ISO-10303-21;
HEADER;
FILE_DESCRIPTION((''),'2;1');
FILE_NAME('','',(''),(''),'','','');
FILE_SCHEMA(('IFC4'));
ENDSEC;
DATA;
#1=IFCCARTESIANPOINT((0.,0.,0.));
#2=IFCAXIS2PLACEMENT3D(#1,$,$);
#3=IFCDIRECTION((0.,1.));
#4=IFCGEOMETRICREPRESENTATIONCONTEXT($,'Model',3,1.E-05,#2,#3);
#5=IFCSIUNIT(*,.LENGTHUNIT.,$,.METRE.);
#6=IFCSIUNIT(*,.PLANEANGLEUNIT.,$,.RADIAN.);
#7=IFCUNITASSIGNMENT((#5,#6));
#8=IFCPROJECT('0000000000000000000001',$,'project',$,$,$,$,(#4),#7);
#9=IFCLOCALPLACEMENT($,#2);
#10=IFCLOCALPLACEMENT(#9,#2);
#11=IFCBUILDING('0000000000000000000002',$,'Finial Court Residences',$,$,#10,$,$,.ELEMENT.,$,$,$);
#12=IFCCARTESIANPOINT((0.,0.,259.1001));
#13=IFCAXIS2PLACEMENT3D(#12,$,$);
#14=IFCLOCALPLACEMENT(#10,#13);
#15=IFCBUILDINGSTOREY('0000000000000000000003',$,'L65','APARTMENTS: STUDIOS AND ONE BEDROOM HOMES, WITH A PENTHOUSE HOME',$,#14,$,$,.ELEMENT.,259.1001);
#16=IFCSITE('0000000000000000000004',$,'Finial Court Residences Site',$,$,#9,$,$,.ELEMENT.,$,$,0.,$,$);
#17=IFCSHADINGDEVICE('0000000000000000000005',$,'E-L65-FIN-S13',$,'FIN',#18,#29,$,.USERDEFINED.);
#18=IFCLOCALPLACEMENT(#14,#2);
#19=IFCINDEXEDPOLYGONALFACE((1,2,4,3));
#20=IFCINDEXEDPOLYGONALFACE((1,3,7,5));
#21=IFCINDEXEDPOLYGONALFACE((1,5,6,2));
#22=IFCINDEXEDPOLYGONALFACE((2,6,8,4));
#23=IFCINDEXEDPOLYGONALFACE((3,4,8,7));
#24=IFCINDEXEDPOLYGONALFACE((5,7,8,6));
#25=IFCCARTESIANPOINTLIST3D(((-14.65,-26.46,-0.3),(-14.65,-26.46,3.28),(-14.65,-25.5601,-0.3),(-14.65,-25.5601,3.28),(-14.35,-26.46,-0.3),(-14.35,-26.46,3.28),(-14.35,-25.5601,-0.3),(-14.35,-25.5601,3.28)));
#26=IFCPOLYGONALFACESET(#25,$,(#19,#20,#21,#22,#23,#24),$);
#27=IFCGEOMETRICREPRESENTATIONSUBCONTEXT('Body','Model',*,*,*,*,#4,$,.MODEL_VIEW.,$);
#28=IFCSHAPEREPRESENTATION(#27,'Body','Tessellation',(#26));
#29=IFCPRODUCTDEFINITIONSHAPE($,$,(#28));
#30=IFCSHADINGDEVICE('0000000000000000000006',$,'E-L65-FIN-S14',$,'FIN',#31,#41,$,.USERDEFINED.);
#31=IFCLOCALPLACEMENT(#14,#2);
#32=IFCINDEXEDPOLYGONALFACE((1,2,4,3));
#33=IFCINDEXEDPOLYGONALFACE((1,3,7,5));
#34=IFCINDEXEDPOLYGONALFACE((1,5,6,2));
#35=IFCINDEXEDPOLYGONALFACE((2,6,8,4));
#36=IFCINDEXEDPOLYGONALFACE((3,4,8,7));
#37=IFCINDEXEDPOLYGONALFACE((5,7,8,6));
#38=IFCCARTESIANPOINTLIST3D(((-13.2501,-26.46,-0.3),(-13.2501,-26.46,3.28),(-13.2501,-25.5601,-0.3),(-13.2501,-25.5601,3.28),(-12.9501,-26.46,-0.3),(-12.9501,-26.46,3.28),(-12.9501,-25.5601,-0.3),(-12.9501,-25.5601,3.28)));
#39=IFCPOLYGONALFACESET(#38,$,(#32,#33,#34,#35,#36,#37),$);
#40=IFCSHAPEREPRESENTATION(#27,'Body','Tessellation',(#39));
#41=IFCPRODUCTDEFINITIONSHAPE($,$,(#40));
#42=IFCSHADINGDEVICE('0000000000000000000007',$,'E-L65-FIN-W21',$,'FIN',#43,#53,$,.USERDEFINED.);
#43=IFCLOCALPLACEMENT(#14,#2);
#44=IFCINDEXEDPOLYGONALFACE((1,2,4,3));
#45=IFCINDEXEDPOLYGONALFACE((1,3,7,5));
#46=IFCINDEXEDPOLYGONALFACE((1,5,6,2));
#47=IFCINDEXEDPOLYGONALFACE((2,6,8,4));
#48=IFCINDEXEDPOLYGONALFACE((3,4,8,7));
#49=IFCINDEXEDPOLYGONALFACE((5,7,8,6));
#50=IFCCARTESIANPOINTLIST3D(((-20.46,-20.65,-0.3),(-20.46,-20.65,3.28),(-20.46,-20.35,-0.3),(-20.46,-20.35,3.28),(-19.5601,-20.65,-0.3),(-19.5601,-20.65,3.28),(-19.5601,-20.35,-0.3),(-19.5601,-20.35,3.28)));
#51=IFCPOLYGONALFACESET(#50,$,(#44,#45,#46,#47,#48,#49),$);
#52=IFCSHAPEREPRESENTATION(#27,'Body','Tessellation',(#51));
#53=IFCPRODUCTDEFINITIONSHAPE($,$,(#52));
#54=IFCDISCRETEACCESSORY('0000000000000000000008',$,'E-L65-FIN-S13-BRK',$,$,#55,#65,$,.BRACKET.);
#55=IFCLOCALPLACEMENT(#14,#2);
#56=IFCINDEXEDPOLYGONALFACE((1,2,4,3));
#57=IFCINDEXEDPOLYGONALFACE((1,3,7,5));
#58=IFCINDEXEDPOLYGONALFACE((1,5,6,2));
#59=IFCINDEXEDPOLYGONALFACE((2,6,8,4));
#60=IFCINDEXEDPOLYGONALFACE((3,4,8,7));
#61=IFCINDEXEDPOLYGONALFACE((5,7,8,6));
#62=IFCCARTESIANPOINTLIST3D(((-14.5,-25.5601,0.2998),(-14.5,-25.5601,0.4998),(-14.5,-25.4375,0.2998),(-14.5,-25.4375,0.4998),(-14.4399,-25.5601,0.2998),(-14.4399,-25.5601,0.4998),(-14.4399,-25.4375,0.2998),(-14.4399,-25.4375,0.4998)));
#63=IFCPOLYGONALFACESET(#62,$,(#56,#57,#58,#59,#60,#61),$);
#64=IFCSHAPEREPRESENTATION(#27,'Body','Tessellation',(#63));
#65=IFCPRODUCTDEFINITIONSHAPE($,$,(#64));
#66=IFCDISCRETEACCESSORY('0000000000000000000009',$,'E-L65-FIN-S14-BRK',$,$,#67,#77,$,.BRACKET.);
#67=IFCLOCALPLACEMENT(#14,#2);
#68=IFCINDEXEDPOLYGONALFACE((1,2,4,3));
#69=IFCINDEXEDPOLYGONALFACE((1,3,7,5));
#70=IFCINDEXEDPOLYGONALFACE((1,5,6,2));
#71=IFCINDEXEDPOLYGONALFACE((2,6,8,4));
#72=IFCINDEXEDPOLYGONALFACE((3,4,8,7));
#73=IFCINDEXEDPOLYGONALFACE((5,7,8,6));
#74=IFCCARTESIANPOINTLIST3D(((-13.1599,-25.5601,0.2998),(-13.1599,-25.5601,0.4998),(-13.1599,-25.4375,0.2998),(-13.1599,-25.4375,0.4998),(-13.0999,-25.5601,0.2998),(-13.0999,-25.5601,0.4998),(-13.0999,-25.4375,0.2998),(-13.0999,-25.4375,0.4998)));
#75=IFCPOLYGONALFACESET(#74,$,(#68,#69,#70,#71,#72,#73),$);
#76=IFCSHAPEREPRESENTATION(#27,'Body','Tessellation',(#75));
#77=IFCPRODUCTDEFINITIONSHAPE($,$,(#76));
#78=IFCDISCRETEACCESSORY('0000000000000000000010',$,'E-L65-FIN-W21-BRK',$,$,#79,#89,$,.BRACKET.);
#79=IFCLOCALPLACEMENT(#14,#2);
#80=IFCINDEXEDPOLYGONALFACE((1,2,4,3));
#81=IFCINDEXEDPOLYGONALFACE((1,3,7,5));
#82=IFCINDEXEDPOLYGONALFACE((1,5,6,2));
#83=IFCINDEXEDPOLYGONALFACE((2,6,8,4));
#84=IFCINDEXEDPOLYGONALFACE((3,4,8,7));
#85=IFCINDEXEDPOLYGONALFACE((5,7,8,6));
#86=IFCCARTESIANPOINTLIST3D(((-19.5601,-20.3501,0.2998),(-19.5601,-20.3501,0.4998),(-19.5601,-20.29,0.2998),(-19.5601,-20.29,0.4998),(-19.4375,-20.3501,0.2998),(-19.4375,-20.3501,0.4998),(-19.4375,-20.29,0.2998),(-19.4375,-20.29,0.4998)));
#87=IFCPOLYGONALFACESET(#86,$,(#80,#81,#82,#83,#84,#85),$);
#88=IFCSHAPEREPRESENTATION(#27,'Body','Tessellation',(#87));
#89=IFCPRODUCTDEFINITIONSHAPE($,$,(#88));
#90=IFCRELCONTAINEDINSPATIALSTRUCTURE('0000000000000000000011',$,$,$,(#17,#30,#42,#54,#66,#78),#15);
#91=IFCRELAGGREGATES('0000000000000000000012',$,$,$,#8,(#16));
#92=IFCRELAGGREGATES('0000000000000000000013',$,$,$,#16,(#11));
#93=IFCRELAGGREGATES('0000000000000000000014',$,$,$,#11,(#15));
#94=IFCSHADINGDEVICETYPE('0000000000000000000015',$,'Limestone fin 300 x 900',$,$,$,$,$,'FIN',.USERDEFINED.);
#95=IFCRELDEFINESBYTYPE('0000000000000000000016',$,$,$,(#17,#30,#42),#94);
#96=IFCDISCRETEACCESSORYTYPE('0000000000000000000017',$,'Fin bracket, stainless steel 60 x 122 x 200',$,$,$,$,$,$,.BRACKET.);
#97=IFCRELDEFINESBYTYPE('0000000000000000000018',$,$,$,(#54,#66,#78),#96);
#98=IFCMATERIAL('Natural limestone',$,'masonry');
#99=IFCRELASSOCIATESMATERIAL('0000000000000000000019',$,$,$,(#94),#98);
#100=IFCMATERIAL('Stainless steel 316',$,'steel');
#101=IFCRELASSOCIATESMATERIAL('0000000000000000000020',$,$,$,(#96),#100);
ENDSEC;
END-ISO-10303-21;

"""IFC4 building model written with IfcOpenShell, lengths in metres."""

from ifc_helpers import new_model, si_unit, direction, frame, origin, origin_2d, place, context, subcontext, project, spatial, rectangle, extrude, material, type_object, element, save


model = new_model("IFC4")

# Units and contexts
model_context = context("Model", 3, precision=1e-05, world=origin(), true_north=direction((0.0, 1.0)))
body_context = subcontext(model_context, "Body", "Model", "MODEL_VIEW")
ifc_project = project(units=[si_unit("LENGTHUNIT", "METRE"), si_unit("PLANEANGLEUNIT", "RADIAN")], contexts=[model_context])

# Site, building, storey
site_placement = place(None, origin())
site = spatial("IfcSite", under=ifc_project, at=site_placement, Name="Finial Court Residences Site", CompositionType="ELEMENT", RefElevation=0.0)
building_placement = place(site_placement, origin())
building = spatial("IfcBuilding", under=site, at=building_placement, Name="Finial Court Residences", CompositionType="ELEMENT")
storey_placement = place(building_placement, frame((0.0, 0.0, 259.1001)))
storey = spatial("IfcBuildingStorey", under=building, at=storey_placement, Name="L65", Description="APARTMENTS: STUDIOS AND ONE BEDROOM HOMES, WITH A PENTHOUSE HOME", CompositionType="ELEMENT", Elevation=259.1001)

# Shared definitions
ifc_material_1 = material(Name="Natural limestone", Category="masonry")

# Shading devices
shading_device_type = type_object("IfcShadingDeviceType", Name="Limestone fin 300 x 900", ElementType="FIN", PredefinedType="USERDEFINED", material=ifc_material_1)
for number, where, z_axis, x_axis, name in (
    (1, (-14.5, -26.01, -0.3), (0.0, 0.0, 1.0), (1.0, 0.0, 0.0), "E-L65-FIN-S13"),
    (2, (-13.1001, -26.01, -0.3), (0.0, 0.0, 1.0), (1.0, 0.0, 0.0), "E-L65-FIN-S14"),
):
    element("IfcShadingDevice", number, at=place(storey_placement, frame(where, z_axis=z_axis, x_axis=x_axis)), inside=storey, type_object=shading_device_type, Name=name, ObjectType="FIN", PredefinedType="USERDEFINED", context=body_context, shape_type="SweptSolid", body=[
        extrude(rectangle(XDim=0.3, YDim=0.8999, at=origin_2d()), origin(), (0.0, 0.0, 1.0), 3.5801),
    ])
shading_device_placement = place(storey_placement, frame((-20.01, -20.5, -0.3), z_axis=(0.0, 0.0, 1.0), x_axis=(1.0, 0.0, 0.0)))
element("IfcShadingDevice", 3, at=shading_device_placement, inside=storey, type_object=shading_device_type, Name="E-L65-FIN-W21", ObjectType="FIN", PredefinedType="USERDEFINED", context=body_context, shape_type="SweptSolid", body=[
    extrude(rectangle(XDim=0.8999, YDim=0.3, at=origin_2d()), origin(), (0.0, 0.0, 1.0), 3.5801),
])

# Discrete accessories
ifc_material_2 = material(Name="Stainless steel 316", Category="steel")
discrete_accessory_type = type_object("IfcDiscreteAccessoryType", Name="Fin bracket, stainless steel 60 x 122 x 200", PredefinedType="BRACKET", material=ifc_material_2)
for number, where, z_axis, x_axis, name in (
    (4, (-14.47, -25.4988, 0.2998), (0.0, 0.0, 1.0), (1.0, 0.0, 0.0), "E-L65-FIN-S13-BRK"),
    (5, (-13.1299, -25.4988, 0.2998), (0.0, 0.0, 1.0), (1.0, 0.0, 0.0), "E-L65-FIN-S14-BRK"),
):
    element("IfcDiscreteAccessory", number, at=place(storey_placement, frame(where, z_axis=z_axis, x_axis=x_axis)), inside=storey, type_object=discrete_accessory_type, Name=name, PredefinedType="BRACKET", context=body_context, shape_type="SweptSolid", body=[
        extrude(rectangle(XDim=0.0601, YDim=0.1226, at=origin_2d()), origin(), (0.0, 0.0, 1.0), 0.2),
    ])
discrete_accessory_placement = place(storey_placement, frame((-19.4988, -20.3201, 0.2998), z_axis=(0.0, 0.0, 1.0), x_axis=(1.0, 0.0, 0.0)))
element("IfcDiscreteAccessory", 6, at=discrete_accessory_placement, inside=storey, type_object=discrete_accessory_type, Name="E-L65-FIN-W21-BRK", PredefinedType="BRACKET", context=body_context, shape_type="SweptSolid", body=[
    extrude(rectangle(XDim=0.1226, YDim=0.0601, at=origin_2d()), origin(), (0.0, 0.0, 1.0), 0.2),
])

save(model, "model.ifc")
